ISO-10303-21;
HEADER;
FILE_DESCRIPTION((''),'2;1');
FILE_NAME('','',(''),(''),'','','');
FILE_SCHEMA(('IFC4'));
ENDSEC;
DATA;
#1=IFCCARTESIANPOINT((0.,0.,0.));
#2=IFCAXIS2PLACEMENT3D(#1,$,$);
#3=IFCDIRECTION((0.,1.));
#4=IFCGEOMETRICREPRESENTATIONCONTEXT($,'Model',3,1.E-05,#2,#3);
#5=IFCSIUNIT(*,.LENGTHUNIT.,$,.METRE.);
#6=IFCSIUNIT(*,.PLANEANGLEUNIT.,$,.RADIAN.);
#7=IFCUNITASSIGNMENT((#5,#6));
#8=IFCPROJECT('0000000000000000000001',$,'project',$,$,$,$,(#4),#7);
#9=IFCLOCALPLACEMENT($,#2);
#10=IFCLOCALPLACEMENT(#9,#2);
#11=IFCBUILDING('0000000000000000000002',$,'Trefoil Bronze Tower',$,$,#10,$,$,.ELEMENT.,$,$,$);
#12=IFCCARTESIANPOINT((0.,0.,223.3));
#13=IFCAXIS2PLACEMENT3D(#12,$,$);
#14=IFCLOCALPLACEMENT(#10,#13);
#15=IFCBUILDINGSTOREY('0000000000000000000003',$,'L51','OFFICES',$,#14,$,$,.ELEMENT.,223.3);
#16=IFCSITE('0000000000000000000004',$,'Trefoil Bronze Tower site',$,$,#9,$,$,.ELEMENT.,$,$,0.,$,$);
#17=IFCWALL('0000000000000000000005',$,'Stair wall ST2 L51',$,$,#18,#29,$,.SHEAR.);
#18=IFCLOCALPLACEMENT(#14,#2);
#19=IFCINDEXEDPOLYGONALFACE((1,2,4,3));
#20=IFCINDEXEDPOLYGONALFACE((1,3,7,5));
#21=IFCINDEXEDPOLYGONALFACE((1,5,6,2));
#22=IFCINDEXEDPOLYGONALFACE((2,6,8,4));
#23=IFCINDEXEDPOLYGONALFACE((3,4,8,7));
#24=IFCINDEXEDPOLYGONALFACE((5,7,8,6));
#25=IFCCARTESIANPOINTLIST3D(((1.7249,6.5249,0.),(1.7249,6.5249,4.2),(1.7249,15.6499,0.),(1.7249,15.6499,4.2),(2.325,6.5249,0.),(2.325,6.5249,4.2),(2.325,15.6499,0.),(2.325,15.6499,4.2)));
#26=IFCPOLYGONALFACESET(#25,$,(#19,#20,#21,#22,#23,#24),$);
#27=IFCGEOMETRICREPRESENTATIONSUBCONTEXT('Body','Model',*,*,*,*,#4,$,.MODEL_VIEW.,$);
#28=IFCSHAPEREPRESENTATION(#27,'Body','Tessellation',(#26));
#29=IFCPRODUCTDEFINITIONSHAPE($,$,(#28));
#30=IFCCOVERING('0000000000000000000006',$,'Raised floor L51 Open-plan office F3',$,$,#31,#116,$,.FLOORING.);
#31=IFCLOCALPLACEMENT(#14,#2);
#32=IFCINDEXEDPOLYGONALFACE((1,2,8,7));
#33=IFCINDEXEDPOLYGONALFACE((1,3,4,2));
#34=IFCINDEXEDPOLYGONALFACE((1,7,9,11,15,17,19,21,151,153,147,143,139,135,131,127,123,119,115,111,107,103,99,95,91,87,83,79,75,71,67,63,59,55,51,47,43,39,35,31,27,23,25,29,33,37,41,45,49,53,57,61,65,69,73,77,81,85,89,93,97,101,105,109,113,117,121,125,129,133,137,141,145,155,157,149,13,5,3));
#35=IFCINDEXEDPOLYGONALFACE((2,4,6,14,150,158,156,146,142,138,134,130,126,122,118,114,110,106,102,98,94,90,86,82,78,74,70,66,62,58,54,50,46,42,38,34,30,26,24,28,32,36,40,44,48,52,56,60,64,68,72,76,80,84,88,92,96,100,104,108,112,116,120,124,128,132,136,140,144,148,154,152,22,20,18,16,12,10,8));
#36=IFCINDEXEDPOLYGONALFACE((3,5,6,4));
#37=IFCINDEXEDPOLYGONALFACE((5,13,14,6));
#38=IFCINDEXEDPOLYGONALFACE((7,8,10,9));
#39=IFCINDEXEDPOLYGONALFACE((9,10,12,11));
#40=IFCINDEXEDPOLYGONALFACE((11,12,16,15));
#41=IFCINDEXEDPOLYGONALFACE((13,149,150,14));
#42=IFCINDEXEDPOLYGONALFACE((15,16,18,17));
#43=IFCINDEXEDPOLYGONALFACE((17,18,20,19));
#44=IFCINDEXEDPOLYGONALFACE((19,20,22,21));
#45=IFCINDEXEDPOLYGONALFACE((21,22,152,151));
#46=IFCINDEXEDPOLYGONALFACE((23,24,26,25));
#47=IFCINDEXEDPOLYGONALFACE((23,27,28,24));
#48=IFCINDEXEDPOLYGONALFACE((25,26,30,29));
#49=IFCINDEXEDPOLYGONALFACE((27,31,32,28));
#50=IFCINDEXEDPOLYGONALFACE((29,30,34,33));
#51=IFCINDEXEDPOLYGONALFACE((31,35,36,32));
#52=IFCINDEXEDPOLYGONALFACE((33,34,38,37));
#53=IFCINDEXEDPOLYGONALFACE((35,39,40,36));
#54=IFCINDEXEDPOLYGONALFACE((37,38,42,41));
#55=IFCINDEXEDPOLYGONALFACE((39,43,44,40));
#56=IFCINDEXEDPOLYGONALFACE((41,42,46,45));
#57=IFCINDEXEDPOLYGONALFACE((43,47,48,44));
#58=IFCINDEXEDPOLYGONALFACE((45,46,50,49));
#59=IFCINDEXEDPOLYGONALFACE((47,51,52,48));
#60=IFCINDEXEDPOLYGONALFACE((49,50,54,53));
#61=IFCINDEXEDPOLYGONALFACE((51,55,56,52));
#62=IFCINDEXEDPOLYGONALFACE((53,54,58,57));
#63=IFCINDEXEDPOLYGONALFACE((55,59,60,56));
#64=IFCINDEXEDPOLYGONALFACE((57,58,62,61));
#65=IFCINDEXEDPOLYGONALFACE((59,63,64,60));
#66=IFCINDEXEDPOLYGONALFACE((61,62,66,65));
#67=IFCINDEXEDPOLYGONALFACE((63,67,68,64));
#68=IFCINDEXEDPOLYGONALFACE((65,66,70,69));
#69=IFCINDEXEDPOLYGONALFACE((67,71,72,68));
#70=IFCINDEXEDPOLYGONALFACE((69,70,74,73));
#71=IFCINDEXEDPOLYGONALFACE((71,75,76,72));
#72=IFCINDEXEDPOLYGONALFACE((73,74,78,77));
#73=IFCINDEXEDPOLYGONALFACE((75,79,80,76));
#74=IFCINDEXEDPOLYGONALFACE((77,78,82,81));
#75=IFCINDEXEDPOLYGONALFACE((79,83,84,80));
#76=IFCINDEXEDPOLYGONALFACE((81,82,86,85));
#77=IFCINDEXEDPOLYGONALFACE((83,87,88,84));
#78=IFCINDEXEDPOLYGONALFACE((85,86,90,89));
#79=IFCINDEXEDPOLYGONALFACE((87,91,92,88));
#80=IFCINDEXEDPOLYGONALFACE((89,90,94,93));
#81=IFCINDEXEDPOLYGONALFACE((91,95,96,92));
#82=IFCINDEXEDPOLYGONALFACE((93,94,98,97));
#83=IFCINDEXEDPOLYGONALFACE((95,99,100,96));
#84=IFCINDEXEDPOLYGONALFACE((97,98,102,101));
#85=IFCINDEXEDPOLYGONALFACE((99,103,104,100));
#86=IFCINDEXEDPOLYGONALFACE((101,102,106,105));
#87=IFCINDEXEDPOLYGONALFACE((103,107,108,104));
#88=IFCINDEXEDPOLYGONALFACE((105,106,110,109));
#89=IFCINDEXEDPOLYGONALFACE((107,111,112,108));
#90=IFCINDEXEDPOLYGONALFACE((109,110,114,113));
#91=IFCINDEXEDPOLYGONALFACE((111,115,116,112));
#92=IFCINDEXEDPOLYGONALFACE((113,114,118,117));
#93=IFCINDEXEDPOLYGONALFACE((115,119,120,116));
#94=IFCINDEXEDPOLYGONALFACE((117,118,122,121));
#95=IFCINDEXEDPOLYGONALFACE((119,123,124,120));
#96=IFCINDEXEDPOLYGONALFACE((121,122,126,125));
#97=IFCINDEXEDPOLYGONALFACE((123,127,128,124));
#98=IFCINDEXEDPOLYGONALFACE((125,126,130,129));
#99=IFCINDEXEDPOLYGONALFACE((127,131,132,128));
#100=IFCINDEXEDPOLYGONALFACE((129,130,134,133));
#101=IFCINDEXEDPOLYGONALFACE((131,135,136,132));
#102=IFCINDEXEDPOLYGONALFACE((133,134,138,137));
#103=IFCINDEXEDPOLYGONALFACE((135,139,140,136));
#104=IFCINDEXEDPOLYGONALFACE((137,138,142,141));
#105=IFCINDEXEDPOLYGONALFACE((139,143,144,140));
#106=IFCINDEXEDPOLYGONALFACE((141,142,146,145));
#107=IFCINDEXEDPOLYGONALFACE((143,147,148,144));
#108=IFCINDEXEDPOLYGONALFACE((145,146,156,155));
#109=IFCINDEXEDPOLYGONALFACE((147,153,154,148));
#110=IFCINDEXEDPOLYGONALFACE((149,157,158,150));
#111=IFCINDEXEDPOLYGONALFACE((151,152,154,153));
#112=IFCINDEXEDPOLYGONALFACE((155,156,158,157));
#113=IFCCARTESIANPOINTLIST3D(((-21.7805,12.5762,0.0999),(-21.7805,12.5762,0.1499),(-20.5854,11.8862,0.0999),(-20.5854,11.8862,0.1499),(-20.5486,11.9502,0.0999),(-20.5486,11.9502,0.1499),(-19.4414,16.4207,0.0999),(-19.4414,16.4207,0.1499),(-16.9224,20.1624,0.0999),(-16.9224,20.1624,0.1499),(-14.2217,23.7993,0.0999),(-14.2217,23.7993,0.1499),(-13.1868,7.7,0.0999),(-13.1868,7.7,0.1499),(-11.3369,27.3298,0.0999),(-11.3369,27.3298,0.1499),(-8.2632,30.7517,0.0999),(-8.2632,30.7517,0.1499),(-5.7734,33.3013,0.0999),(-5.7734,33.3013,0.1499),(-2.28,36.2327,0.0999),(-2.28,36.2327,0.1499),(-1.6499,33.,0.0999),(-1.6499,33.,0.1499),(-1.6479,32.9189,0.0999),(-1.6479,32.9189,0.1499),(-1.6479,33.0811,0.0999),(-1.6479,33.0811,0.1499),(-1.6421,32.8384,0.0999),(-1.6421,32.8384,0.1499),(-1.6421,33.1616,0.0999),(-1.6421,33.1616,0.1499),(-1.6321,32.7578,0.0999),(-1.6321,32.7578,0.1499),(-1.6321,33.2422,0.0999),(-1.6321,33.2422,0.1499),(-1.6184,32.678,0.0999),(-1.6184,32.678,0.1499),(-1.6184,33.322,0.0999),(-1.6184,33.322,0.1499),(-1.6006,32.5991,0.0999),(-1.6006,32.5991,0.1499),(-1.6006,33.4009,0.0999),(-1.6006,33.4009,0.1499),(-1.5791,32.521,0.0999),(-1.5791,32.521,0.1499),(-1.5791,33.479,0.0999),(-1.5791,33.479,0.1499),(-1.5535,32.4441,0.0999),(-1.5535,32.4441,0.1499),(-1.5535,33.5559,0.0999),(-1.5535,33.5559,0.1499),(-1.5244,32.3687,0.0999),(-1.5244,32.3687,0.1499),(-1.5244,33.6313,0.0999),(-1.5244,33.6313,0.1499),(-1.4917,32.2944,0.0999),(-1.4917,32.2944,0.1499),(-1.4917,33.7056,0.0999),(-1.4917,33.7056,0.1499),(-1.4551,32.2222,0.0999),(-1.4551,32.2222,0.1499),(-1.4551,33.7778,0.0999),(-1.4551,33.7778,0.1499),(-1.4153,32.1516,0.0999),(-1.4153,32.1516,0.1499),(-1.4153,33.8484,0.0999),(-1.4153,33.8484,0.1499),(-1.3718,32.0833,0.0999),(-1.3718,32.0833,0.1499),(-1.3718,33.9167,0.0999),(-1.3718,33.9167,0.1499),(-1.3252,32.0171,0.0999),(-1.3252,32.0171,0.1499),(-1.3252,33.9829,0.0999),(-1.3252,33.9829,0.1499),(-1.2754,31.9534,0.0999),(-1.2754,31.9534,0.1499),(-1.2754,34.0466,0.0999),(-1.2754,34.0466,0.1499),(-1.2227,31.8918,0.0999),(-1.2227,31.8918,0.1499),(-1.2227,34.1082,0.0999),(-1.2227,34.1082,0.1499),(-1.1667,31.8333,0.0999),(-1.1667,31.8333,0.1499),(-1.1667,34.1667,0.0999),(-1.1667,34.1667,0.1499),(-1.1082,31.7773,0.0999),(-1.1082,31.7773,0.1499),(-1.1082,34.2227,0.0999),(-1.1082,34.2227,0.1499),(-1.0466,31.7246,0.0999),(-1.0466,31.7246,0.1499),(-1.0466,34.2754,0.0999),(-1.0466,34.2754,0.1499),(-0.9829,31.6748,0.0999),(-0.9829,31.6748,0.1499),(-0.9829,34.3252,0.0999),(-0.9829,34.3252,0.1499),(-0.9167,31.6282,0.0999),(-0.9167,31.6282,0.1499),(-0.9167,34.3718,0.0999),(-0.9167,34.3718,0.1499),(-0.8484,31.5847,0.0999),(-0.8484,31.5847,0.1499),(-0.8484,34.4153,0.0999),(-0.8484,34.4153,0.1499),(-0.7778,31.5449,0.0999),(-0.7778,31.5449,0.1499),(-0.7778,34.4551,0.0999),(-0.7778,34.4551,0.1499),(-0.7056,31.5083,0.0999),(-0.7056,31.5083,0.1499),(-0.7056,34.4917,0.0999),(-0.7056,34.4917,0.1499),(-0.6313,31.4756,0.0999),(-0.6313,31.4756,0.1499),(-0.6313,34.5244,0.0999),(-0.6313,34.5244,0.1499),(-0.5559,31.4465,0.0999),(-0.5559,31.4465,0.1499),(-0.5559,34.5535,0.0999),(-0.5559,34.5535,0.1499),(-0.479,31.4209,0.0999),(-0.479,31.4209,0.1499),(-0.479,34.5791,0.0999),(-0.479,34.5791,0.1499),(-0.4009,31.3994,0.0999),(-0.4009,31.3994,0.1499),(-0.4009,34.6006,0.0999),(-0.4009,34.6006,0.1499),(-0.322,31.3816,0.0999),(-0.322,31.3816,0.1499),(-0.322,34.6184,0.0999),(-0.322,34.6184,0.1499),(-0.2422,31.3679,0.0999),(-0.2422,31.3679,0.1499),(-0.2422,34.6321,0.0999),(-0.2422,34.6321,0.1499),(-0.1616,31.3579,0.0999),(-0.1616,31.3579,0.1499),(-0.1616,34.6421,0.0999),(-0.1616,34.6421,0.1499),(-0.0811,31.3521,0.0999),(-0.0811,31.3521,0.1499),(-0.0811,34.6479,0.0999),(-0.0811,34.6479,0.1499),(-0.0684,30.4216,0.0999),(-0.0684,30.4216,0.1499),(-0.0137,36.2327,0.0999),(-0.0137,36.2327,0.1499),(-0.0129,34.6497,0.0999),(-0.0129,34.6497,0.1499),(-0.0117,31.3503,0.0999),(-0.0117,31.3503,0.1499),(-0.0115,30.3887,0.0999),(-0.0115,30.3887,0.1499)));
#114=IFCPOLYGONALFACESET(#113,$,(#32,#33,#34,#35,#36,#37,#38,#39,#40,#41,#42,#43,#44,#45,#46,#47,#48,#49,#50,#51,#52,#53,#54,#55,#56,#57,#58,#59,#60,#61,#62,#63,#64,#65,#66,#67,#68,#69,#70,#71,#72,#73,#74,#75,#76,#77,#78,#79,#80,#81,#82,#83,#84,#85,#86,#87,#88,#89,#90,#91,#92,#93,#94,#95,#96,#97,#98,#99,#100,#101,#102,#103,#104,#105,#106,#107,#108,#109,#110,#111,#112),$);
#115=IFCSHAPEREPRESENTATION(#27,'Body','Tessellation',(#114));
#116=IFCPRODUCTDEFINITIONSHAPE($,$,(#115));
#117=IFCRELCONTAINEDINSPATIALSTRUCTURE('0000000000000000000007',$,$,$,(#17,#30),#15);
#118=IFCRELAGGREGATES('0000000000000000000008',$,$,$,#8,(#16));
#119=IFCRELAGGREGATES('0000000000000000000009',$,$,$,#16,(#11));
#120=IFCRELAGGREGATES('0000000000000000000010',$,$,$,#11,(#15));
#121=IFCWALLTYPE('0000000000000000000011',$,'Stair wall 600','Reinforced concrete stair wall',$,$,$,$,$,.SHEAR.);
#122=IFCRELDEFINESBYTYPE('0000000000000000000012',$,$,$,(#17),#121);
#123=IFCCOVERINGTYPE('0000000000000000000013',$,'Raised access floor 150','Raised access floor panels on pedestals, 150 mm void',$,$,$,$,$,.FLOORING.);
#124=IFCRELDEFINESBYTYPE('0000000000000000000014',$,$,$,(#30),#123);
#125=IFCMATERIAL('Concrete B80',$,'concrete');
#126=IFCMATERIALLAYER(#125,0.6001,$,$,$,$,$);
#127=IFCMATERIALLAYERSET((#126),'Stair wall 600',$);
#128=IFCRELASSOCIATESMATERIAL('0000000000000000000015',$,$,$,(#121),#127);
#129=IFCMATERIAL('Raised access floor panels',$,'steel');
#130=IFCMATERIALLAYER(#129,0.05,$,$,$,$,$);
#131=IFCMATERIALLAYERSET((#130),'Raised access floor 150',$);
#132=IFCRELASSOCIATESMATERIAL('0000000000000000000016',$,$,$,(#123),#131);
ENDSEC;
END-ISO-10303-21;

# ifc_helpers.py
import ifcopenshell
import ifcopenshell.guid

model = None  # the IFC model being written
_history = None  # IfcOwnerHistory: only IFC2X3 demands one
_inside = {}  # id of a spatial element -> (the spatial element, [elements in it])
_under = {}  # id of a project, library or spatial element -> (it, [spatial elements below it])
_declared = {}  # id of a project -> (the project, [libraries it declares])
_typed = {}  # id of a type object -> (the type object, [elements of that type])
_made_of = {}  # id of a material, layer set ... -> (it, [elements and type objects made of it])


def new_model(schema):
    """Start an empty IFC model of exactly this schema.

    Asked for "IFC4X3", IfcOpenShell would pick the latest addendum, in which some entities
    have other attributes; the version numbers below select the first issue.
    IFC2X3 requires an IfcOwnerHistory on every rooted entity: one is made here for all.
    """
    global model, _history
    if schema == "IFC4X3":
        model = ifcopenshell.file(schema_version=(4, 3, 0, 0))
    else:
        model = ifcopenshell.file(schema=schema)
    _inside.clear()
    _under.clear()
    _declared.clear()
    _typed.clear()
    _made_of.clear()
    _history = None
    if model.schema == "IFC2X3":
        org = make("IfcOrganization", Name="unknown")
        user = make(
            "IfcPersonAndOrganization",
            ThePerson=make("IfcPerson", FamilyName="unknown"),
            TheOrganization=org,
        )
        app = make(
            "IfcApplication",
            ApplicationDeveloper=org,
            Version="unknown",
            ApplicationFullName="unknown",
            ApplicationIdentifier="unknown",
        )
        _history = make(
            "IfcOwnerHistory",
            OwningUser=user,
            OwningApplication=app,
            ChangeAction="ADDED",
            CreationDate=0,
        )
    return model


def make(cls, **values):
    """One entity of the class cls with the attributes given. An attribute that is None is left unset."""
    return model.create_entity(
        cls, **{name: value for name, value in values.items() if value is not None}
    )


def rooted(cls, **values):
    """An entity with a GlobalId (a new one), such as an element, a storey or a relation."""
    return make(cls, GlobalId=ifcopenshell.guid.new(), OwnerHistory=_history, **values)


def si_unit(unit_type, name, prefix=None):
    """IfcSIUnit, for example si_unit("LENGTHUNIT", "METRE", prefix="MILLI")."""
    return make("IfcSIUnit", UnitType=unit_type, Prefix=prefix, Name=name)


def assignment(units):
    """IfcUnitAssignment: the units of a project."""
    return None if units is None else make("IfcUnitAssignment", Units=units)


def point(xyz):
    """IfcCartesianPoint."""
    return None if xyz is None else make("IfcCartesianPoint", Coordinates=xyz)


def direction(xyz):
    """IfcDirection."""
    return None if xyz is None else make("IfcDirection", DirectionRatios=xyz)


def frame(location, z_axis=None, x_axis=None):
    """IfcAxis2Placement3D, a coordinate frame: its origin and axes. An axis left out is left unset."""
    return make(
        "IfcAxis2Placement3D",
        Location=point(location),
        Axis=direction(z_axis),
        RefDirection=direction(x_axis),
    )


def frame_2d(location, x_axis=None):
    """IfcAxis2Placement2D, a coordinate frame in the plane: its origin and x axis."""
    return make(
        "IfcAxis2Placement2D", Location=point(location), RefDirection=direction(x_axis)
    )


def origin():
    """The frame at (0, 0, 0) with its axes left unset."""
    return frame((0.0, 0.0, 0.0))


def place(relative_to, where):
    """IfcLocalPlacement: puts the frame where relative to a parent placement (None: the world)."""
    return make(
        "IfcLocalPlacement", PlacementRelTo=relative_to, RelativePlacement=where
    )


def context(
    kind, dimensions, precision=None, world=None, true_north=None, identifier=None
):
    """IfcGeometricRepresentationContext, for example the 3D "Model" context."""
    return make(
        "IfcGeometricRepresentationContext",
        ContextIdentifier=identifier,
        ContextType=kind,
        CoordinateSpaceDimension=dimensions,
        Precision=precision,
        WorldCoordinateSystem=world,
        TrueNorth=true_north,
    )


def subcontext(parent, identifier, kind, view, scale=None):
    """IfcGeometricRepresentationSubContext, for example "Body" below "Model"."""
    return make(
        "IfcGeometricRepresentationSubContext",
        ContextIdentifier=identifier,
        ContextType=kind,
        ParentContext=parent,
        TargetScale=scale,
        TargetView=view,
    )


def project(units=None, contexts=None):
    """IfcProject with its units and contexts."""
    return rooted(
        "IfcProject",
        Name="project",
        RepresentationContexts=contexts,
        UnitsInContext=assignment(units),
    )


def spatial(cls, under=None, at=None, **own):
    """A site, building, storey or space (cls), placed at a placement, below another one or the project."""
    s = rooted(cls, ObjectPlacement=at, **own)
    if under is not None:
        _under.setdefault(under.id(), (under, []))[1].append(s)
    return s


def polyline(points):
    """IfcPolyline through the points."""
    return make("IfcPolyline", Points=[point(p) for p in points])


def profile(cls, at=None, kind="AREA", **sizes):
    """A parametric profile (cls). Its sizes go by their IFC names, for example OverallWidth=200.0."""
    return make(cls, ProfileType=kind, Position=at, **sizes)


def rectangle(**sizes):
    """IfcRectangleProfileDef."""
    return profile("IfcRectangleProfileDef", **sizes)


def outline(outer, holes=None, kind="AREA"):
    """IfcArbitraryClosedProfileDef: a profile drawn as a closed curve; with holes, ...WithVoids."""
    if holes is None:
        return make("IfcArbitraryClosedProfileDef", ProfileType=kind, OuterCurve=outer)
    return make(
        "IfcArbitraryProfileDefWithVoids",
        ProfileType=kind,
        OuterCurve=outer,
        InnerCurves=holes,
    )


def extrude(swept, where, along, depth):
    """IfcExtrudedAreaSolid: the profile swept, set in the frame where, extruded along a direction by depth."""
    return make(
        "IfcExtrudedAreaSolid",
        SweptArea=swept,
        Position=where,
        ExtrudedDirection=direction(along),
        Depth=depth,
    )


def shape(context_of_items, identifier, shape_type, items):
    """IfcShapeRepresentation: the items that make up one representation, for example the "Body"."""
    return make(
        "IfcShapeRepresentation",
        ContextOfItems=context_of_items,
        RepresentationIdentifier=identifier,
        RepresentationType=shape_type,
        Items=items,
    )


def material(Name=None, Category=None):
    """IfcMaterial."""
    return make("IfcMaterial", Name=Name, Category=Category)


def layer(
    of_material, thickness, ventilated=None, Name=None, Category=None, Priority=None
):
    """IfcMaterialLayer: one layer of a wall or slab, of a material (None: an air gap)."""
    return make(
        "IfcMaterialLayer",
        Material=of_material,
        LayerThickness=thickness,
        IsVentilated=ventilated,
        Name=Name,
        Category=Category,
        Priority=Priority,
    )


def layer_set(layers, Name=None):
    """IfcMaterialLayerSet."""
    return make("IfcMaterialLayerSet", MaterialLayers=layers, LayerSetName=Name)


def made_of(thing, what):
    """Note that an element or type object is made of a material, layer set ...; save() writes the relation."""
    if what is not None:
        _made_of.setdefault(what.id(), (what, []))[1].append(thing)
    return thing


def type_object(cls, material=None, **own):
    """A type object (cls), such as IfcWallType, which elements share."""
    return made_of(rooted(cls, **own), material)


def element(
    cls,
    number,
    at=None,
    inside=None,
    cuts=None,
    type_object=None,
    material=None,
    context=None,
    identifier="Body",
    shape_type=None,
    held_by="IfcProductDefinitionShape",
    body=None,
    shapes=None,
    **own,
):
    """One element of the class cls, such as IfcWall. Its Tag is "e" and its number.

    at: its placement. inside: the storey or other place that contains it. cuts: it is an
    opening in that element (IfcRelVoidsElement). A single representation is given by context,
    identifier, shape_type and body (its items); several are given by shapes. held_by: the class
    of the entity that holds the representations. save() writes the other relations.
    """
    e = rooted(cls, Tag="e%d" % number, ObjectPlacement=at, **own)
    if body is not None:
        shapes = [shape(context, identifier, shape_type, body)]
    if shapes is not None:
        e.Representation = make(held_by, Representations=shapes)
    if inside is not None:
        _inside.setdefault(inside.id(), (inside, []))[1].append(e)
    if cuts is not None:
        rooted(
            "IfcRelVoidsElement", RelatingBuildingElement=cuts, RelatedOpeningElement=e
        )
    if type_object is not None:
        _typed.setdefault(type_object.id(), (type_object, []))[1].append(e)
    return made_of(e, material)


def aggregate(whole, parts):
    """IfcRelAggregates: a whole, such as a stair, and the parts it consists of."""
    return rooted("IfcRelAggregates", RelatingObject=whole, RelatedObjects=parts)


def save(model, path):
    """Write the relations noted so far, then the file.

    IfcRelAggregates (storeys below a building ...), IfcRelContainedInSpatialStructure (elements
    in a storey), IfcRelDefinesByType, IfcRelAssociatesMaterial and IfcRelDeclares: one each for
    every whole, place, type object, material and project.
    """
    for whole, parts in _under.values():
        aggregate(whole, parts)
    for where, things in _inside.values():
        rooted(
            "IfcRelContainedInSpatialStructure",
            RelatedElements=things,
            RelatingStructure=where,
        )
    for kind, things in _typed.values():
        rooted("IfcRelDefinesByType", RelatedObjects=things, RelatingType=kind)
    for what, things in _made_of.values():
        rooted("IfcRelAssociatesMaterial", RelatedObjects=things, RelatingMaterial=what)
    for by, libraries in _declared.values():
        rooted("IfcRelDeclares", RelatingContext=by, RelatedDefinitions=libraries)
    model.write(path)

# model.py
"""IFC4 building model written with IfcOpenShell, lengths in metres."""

from ifc_helpers import new_model, si_unit, direction, frame, frame_2d, origin, place, context, subcontext, project, spatial, polyline, rectangle, outline, extrude, material, layer, layer_set, type_object, element, save


model = new_model("IFC4")

# Units and contexts
model_context = context("Model", 3, precision=1e-05, world=origin(), true_north=direction((0.0, 1.0)))
body_context = subcontext(model_context, "Body", "Model", "MODEL_VIEW")
ifc_project = project(units=[si_unit("LENGTHUNIT", "METRE"), si_unit("PLANEANGLEUNIT", "RADIAN")], contexts=[model_context])

# Site, building, storey
site_placement = place(None, origin())
site = spatial("IfcSite", under=ifc_project, at=site_placement, Name="Trefoil Bronze Tower site", CompositionType="ELEMENT", RefElevation=0.0)
building_placement = place(site_placement, origin())
building = spatial("IfcBuilding", under=site, at=building_placement, Name="Trefoil Bronze Tower", CompositionType="ELEMENT")
storey_placement = place(building_placement, frame((0.0, 0.0, 223.3)))
storey = spatial("IfcBuildingStorey", under=building, at=storey_placement, Name="L51", Description="OFFICES", CompositionType="ELEMENT", Elevation=223.3)

# Wall
ifc_material_1 = material(Name="Concrete B80", Category="concrete")
ifc_layer_1 = layer(ifc_material_1, 0.6001)
ifc_layer_set_1 = layer_set([ifc_layer_1], Name="Stair wall 600")
wall_type_1 = type_object("IfcWallType", Name="Stair wall 600", Description="Reinforced concrete stair wall", PredefinedType="SHEAR", material=ifc_layer_set_1)
wall_1_placement = place(storey_placement, frame((2.0249, 6.5249, 0.0), z_axis=(0.0, 0.0, 1.0), x_axis=(0.0, 1.0, 0.0)))
element("IfcWall", 1, at=wall_1_placement, inside=storey, type_object=wall_type_1, Name="Stair wall ST2 L51", PredefinedType="SHEAR", context=body_context, shape_type="SweptSolid", body=[
    extrude(rectangle(XDim=9.125, YDim=0.6001, at=frame_2d((4.5625, 0.0))), origin(), (0.0, 0.0, 1.0), 4.2),
])

# Covering
ifc_material_2 = material(Name="Raised access floor panels", Category="steel")
ifc_layer_2 = layer(ifc_material_2, 0.05)
ifc_layer_set_2 = layer_set([ifc_layer_2], Name="Raised access floor 150")
covering_type = type_object("IfcCoveringType", Name="Raised access floor 150", Description="Raised access floor panels on pedestals, 150 mm void", PredefinedType="FLOORING", material=ifc_layer_set_2)
covering_1_placement = place(storey_placement, frame((0.0, 0.0, 0.0999)))
element("IfcCovering", 2, at=covering_1_placement, inside=storey, type_object=covering_type, Name="Raised floor L51 Open-plan office F3", PredefinedType="FLOORING", context=body_context, shape_type="SweptSolid", body=[
    extrude(outline(polyline([(-0.0115, 30.3887), (-0.0684, 30.4216), (-13.1868, 7.7), (-20.5486, 11.9502), (-20.5854, 11.8862), (-21.7805, 12.5762), (-19.4414, 16.4207), (-16.9224, 20.1624), (-14.2217, 23.7993), (-11.3369, 27.3298), (-8.2632, 30.7517), (-5.7734, 33.3013), (-2.28, 36.2327), (-0.0137, 36.2327), (-0.0129, 34.6497), (-0.0811, 34.6479), (-0.1616, 34.6421), (-0.2422, 34.6321), (-0.322, 34.6184), (-0.4009, 34.6006), (-0.479, 34.5791), (-0.5559, 34.5535), (-0.6313, 34.5244), (-0.7056, 34.4917), (-0.7778, 34.4551), (-0.8484, 34.4153), (-0.9167, 34.3718), (-0.9829, 34.3252), (-1.0466, 34.2754), (-1.1082, 34.2227), (-1.1667, 34.1667), (-1.2227, 34.1082), (-1.2754, 34.0466), (-1.3252, 33.9829), (-1.3718, 33.9167), (-1.4153, 33.8484), (-1.4551, 33.7778), (-1.4917, 33.7056), (-1.5244, 33.6313), (-1.5535, 33.5559), (-1.5791, 33.479), (-1.6006, 33.4009), (-1.6184, 33.322), (-1.6321, 33.2422), (-1.6421, 33.1616), (-1.6479, 33.0811), (-1.6499, 33.0), (-1.6479, 32.9189), (-1.6421, 32.8384), (-1.6321, 32.7578), (-1.6184, 32.678), (-1.6006, 32.5991), (-1.5791, 32.521), (-1.5535, 32.4441), (-1.5244, 32.3687), (-1.4917, 32.2944), (-1.4551, 32.2222), (-1.4153, 32.1516), (-1.3718, 32.0833), (-1.3252, 32.0171), (-1.2754, 31.9534), (-1.2227, 31.8918), (-1.1667, 31.8333), (-1.1082, 31.7773), (-1.0466, 31.7246), (-0.9829, 31.6748), (-0.9167, 31.6282), (-0.8484, 31.5847), (-0.7778, 31.5449), (-0.7056, 31.5083), (-0.6313, 31.4756), (-0.5559, 31.4465), (-0.479, 31.4209), (-0.4009, 31.3994), (-0.322, 31.3816), (-0.2422, 31.3679), (-0.1616, 31.3579), (-0.0811, 31.3521), (-0.0117, 31.3503), (-0.0115, 30.3887)])), origin(), (0.0, 0.0, 1.0), 0.05),
])

save(model, "model.ifc")
